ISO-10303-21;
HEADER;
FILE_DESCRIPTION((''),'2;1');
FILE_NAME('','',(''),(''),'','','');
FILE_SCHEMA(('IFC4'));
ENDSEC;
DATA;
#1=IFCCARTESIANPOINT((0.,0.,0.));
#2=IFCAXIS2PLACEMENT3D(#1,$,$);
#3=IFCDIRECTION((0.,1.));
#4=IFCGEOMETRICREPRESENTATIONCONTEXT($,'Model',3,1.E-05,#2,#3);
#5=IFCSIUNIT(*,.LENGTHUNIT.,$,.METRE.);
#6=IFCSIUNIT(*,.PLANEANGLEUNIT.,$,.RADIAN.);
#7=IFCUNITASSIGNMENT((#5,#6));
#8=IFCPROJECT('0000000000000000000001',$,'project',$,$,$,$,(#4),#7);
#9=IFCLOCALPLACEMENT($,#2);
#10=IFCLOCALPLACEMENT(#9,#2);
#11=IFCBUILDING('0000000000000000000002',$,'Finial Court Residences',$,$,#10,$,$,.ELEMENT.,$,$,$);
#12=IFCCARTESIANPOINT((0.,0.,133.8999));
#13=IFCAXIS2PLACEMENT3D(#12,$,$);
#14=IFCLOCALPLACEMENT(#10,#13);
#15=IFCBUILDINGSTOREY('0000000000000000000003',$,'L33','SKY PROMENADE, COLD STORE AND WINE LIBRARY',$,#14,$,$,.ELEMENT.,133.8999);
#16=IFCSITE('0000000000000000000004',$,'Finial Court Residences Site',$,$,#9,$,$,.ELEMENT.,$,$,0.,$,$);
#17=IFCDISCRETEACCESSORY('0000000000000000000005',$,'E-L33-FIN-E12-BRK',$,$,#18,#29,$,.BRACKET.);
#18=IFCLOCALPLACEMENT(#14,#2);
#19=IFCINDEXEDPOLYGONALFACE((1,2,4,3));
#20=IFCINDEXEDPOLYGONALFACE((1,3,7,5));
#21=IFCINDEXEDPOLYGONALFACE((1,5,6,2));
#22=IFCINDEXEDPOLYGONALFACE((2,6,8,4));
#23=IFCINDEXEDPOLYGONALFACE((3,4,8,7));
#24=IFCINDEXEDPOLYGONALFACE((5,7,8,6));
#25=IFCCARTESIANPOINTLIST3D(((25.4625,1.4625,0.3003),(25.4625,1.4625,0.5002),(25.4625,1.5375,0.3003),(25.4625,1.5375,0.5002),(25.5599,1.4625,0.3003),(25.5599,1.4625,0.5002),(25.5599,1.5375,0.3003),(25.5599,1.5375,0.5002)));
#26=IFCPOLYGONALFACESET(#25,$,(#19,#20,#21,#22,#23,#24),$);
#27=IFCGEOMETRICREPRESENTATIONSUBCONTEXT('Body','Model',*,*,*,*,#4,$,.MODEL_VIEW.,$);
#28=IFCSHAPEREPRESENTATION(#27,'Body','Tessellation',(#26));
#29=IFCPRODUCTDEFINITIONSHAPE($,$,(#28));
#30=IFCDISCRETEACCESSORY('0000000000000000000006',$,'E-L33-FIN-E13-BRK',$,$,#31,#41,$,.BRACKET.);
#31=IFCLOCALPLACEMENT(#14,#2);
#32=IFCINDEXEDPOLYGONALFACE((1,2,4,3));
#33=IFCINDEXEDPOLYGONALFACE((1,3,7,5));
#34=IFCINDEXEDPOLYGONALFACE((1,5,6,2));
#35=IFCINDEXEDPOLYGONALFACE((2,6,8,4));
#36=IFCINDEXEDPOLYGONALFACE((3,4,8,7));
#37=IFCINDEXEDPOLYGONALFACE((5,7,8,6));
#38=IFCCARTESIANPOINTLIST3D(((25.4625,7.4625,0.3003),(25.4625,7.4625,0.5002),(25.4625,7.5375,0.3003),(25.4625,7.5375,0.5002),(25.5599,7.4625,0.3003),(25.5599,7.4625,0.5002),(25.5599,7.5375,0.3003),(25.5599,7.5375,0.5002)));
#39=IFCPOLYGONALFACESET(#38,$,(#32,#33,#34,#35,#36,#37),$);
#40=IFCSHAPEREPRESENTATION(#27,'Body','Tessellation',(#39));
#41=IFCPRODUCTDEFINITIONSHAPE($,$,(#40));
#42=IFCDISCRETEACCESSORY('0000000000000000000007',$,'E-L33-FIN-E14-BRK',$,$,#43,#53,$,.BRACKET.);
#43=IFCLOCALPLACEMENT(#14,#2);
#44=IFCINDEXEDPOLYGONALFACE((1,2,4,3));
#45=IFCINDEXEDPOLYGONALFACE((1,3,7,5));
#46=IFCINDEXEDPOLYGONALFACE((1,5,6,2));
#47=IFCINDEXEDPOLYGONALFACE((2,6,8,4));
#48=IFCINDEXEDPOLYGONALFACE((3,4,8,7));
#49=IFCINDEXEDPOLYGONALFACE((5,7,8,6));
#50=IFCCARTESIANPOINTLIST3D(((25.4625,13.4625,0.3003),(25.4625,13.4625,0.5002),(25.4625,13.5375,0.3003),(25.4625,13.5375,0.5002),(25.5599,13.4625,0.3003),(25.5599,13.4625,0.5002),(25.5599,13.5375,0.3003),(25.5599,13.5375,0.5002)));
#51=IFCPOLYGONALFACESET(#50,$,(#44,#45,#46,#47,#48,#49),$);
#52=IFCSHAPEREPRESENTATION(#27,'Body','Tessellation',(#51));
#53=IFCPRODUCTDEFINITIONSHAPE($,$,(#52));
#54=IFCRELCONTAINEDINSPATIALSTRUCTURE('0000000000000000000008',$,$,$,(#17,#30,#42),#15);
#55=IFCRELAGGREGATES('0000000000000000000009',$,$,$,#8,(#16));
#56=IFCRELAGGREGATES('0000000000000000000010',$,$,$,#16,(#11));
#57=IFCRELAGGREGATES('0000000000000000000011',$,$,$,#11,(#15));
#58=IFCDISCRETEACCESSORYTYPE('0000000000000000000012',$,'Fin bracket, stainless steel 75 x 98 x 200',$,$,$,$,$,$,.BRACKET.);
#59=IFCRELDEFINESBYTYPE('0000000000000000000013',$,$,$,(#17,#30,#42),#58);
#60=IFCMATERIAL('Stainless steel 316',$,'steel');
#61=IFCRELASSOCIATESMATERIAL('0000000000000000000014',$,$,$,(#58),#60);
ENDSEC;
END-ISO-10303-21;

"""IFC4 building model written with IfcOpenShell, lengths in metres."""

from ifc_helpers import new_model, si_unit, direction, frame, origin, origin_2d, place, context, subcontext, project, spatial, rectangle, extrude, material, type_object, element, save


model = new_model("IFC4")

# Units and contexts
model_context = context("Model", 3, precision=1e-05, world=origin(), true_north=direction((0.0, 1.0)))
body_context = subcontext(model_context, "Body", "Model", "MODEL_VIEW")
ifc_project = project(units=[si_unit("LENGTHUNIT", "METRE"), si_unit("PLANEANGLEUNIT", "RADIAN")], contexts=[model_context])

# Site, building, storey
site_placement = place(None, origin())
site = spatial("IfcSite", under=ifc_project, at=site_placement, Name="Finial Court Residences Site", CompositionType="ELEMENT", RefElevation=0.0)
building_placement = place(site_placement, origin())
building = spatial("IfcBuilding", under=site, at=building_placement, Name="Finial Court Residences", CompositionType="ELEMENT")
storey_placement = place(building_placement, frame((0.0, 0.0, 133.8999)))
storey = spatial("IfcBuildingStorey", under=building, at=storey_placement, Name="L33", Description="SKY PROMENADE, COLD STORE AND WINE LIBRARY", CompositionType="ELEMENT", Elevation=133.8999)

# Discrete accessories
ifc_material_1 = material(Name="Stainless steel 316", Category="steel")
discrete_accessory_type = type_object("IfcDiscreteAccessoryType", Name="Fin bracket, stainless steel 75 x 98 x 200", PredefinedType="BRACKET", material=ifc_material_1)
for number, where, z_axis, x_axis, name in (
    (1, (25.5112, 1.5, 0.3003), (0.0, 0.0, 1.0), (1.0, 0.0, 0.0), "E-L33-FIN-E12-BRK"),
    (2, (25.5112, 7.5, 0.3003), (0.0, 0.0, 1.0), (1.0, 0.0, 0.0), "E-L33-FIN-E13-BRK"),
    (3, (25.5112, 13.5, 0.3003), (0.0, 0.0, 1.0), (1.0, 0.0, 0.0), "E-L33-FIN-E14-BRK"),
):
    element("IfcDiscreteAccessory", number, at=place(storey_placement, frame(where, z_axis=z_axis, x_axis=x_axis)), inside=storey, type_object=discrete_accessory_type, Name=name, PredefinedType="BRACKET", context=body_context, shape_type="SweptSolid", body=[
        extrude(rectangle(XDim=0.0974, YDim=0.075, at=origin_2d()), origin(), (0.0, 0.0, 1.0), 0.2),
    ])

save(model, "model.ifc")
